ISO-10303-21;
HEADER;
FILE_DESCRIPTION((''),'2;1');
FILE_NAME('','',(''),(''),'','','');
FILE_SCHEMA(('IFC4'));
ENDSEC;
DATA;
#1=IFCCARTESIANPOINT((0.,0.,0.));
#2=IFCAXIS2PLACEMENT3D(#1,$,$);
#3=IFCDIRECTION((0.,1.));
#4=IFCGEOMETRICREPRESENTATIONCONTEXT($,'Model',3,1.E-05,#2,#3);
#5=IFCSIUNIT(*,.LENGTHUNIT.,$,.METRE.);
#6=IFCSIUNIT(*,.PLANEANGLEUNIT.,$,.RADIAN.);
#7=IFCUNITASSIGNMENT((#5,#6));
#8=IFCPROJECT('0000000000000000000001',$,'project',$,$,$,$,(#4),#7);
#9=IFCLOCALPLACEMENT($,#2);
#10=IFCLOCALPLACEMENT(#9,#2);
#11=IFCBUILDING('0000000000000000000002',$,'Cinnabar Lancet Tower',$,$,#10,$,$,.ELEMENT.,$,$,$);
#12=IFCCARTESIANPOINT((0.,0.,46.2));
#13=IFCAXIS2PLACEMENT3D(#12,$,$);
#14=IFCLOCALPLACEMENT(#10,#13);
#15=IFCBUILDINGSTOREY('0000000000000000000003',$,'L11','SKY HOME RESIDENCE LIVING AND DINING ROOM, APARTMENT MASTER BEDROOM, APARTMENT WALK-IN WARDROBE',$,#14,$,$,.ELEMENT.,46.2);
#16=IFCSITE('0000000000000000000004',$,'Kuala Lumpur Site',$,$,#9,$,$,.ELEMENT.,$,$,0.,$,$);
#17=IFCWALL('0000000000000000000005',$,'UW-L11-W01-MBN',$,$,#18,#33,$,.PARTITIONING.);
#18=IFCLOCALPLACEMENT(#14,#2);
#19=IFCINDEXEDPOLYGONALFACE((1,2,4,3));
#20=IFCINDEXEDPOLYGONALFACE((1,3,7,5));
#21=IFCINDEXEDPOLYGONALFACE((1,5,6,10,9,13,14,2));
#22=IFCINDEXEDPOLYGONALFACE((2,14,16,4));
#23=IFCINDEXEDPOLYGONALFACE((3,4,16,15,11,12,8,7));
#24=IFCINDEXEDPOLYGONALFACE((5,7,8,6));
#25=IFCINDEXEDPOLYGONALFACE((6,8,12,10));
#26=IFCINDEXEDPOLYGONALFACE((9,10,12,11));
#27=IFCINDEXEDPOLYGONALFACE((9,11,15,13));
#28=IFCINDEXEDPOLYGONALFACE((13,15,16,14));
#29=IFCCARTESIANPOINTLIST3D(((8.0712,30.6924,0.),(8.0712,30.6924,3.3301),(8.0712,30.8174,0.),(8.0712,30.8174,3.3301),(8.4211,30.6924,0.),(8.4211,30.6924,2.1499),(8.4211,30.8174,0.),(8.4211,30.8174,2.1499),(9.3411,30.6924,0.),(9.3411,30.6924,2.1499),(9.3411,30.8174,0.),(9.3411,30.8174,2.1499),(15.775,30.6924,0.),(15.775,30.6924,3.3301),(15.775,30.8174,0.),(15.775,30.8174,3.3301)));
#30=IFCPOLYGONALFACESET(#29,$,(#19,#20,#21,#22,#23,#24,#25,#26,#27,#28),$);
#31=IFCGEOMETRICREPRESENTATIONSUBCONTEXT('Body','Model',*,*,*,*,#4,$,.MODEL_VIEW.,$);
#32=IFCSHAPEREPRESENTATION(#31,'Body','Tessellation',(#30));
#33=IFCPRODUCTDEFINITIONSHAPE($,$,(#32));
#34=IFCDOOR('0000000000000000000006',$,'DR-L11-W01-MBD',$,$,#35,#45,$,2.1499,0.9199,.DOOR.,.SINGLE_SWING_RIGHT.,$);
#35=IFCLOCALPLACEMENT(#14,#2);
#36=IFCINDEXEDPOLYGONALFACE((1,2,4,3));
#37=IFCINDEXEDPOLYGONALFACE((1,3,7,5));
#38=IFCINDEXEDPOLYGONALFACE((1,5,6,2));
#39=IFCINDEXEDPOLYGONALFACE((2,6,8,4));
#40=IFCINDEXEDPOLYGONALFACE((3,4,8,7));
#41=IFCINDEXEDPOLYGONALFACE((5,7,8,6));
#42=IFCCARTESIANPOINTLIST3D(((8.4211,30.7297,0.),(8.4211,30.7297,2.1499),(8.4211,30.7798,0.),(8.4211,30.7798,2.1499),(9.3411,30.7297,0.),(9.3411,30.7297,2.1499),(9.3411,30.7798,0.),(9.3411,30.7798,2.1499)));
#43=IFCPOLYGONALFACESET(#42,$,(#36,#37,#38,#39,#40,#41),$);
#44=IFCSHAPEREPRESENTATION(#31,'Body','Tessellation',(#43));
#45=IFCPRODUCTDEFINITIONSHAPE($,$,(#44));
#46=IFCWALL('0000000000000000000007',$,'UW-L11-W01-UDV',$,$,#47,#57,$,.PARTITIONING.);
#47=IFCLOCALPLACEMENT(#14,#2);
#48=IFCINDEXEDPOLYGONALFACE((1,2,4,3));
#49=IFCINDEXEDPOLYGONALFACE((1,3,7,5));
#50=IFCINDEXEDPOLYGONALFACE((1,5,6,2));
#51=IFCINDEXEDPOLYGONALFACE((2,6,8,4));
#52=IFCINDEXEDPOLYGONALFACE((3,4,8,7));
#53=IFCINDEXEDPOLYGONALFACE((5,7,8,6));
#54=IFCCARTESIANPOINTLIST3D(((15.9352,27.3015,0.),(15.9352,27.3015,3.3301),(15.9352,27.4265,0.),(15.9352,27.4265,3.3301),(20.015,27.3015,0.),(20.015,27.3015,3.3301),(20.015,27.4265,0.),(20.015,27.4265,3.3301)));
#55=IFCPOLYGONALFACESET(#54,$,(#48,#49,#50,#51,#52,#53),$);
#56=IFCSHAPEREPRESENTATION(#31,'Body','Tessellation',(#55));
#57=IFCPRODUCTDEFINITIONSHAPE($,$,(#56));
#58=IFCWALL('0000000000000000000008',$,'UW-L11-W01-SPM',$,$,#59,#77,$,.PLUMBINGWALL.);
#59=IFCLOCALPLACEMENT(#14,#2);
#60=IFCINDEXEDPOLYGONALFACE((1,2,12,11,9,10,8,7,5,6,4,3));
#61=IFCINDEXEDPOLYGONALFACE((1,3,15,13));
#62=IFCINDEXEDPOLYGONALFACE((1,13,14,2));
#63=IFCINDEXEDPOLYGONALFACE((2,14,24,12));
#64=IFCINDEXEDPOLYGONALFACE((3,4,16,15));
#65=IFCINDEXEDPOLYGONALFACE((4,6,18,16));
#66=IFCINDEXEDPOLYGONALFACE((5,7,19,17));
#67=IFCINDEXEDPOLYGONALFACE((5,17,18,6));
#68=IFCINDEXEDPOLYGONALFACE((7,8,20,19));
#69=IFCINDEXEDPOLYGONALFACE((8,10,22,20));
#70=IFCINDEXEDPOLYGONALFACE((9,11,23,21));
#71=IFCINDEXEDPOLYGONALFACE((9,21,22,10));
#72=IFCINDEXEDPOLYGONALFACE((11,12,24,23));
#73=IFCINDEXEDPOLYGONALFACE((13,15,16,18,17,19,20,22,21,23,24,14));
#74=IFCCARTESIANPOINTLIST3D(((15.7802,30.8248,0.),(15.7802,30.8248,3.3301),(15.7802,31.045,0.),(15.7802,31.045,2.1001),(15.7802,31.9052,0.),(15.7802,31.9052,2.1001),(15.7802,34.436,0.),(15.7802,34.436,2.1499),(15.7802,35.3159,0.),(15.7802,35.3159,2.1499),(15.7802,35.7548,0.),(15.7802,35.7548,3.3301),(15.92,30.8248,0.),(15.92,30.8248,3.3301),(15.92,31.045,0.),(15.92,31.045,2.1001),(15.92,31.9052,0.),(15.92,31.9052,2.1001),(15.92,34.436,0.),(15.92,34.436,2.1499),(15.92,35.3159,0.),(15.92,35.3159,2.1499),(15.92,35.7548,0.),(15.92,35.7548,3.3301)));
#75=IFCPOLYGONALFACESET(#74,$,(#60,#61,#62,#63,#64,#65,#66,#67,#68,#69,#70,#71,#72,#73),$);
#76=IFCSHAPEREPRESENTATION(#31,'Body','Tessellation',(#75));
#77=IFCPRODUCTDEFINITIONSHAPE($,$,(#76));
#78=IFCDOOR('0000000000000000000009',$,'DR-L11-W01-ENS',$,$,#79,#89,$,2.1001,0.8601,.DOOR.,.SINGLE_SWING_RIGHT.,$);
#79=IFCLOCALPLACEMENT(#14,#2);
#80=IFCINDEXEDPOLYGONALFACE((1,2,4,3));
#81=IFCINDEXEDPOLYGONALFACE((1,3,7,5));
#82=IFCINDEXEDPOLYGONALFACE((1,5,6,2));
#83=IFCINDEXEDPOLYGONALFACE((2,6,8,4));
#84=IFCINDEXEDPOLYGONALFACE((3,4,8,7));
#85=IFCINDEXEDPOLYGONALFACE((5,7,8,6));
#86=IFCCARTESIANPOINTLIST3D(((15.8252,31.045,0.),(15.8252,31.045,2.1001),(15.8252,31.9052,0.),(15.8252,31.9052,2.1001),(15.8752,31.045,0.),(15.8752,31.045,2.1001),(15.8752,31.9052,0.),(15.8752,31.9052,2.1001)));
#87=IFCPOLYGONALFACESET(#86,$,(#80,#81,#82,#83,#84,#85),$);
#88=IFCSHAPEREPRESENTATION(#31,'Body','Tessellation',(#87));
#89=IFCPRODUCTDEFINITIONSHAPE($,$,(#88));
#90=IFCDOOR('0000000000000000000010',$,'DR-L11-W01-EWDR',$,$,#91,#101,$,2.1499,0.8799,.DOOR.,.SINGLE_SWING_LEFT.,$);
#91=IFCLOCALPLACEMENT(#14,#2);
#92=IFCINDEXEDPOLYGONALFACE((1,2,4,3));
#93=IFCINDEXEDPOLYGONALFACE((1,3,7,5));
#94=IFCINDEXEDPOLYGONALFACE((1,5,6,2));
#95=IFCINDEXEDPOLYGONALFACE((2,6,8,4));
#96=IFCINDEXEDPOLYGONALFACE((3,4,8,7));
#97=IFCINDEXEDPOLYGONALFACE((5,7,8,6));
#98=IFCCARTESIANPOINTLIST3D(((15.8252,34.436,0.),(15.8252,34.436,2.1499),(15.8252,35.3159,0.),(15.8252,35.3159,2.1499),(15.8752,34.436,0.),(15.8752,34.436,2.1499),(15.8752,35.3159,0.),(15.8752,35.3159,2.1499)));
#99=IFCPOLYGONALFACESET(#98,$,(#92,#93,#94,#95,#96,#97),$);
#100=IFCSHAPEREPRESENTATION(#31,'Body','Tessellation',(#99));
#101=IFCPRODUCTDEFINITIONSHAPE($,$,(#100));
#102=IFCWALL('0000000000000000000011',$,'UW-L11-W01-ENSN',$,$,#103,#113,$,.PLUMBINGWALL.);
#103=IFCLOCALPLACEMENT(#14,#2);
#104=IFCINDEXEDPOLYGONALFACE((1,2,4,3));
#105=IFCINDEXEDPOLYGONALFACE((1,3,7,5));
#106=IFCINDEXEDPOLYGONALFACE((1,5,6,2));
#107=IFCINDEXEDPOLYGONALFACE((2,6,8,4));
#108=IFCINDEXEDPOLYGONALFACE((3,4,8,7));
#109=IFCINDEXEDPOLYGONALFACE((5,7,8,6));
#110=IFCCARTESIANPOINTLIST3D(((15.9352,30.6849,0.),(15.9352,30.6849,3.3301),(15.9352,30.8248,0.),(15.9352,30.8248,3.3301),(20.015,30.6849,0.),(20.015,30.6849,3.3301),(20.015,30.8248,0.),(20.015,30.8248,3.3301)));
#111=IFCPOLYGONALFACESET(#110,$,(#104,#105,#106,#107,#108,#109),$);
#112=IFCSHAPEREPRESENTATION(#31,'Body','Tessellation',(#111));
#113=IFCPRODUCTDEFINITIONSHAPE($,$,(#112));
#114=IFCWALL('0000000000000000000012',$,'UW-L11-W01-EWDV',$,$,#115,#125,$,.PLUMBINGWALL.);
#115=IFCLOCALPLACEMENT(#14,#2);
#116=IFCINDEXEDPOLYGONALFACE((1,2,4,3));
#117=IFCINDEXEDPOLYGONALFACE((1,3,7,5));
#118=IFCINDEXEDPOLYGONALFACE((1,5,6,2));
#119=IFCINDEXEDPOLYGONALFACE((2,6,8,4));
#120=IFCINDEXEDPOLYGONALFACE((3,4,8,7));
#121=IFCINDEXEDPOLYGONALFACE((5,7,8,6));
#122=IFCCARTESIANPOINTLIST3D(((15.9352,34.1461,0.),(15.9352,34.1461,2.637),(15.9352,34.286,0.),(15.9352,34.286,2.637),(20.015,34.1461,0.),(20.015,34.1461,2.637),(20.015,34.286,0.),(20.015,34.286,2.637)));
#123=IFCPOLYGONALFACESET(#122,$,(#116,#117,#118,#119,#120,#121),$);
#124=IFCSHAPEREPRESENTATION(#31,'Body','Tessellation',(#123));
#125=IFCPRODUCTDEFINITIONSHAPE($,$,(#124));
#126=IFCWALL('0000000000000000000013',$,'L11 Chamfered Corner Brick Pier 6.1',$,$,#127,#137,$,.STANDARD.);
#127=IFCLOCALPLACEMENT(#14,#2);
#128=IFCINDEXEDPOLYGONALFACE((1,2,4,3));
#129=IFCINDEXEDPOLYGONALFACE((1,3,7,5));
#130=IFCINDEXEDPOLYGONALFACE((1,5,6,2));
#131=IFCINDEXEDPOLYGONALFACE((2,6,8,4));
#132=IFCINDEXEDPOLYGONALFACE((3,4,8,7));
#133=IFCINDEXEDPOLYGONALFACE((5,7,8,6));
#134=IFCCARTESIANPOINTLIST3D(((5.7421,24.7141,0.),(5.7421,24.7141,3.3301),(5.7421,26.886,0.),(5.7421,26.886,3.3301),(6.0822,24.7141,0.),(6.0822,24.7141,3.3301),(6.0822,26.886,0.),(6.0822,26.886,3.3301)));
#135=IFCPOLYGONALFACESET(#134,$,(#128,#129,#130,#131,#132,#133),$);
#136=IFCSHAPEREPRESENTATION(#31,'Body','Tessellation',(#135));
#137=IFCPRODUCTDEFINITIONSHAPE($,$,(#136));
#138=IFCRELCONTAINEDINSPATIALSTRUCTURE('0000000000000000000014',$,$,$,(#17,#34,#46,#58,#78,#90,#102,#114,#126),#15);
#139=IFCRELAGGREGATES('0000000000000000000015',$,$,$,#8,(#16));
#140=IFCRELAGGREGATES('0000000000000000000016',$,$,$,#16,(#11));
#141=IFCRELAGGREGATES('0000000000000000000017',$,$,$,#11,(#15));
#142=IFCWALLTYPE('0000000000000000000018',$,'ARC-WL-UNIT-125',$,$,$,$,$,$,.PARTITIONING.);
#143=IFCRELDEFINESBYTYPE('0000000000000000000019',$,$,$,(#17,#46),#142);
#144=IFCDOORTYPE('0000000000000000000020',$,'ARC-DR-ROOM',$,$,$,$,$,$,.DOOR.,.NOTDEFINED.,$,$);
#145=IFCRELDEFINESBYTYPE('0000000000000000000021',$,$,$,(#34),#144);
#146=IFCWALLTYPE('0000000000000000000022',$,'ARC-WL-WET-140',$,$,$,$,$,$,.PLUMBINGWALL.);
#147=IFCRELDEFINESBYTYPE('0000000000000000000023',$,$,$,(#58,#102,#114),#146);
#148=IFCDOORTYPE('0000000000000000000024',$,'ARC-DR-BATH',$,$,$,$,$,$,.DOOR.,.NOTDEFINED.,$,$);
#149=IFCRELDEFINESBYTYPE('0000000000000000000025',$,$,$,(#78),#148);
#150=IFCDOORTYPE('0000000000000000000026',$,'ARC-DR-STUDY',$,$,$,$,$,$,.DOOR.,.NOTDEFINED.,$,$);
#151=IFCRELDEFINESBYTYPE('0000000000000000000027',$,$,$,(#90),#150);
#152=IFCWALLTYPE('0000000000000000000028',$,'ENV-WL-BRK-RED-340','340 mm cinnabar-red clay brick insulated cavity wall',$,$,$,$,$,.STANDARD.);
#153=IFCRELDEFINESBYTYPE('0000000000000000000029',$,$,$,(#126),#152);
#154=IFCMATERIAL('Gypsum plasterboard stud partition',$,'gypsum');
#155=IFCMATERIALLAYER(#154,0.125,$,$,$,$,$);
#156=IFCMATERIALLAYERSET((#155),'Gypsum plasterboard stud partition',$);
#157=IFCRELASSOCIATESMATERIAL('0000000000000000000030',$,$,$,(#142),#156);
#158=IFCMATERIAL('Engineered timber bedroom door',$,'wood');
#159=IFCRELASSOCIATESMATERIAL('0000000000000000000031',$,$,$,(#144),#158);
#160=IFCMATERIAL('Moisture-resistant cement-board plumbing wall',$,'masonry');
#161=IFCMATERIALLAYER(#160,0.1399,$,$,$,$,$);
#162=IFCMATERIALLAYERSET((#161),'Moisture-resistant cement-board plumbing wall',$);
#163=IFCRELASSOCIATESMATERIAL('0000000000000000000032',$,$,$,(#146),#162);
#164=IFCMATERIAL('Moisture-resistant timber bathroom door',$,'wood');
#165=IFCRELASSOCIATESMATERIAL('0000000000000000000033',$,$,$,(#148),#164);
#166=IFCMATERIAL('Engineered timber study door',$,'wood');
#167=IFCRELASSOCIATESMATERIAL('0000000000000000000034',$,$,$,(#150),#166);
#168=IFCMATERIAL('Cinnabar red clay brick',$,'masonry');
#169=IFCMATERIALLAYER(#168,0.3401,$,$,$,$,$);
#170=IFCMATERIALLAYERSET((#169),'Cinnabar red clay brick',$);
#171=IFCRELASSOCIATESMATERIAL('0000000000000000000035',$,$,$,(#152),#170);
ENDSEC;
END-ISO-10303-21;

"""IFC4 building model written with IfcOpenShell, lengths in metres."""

from ifc_helpers import new_model, si_unit, direction, frame, frame_2d, origin, place, context, subcontext, project, spatial, rectangle, extrude, material, layer, layer_set, type_object, element, fill, save


model = new_model("IFC4")

# Units and contexts
model_context = context("Model", 3, precision=1e-05, world=origin(), true_north=direction((0.0, 1.0)))
body_context = subcontext(model_context, "Body", "Model", "MODEL_VIEW")
ifc_project = project(units=[si_unit("LENGTHUNIT", "METRE"), si_unit("PLANEANGLEUNIT", "RADIAN")], contexts=[model_context])

# Site, building, storey
site_placement = place(None, origin())
site = spatial("IfcSite", under=ifc_project, at=site_placement, Name="Kuala Lumpur Site", CompositionType="ELEMENT", RefElevation=0.0)
building_placement = place(site_placement, origin())
building = spatial("IfcBuilding", under=site, at=building_placement, Name="Cinnabar Lancet Tower", CompositionType="ELEMENT")
storey_placement = place(building_placement, frame((0.0, 0.0, 46.2)))
storey = spatial("IfcBuildingStorey", under=building, at=storey_placement, Name="L11", Description="SKY HOME RESIDENCE LIVING AND DINING ROOM, APARTMENT MASTER BEDROOM, APARTMENT WALK-IN WARDROBE", CompositionType="ELEMENT", Elevation=46.2)

# Wall, opening, door
ifc_material_1 = material(Name="Gypsum plasterboard stud partition", Category="gypsum")
ifc_layer_1 = layer(ifc_material_1, 0.125)
ifc_layer_set_1 = layer_set([ifc_layer_1], Name="Gypsum plasterboard stud partition")
wall_type_1 = type_object("IfcWallType", Name="ARC-WL-UNIT-125", PredefinedType="PARTITIONING", material=ifc_layer_set_1)
wall_1_placement = place(storey_placement, frame((8.071, 30.7549, 0.0), z_axis=(0.0, 0.0, 1.0), x_axis=(1.0, 0.0, 0.0)))
wall_1 = element("IfcWall", 1, at=wall_1_placement, inside=storey, type_object=wall_type_1, Name="UW-L11-W01-MBN", PredefinedType="PARTITIONING", context=body_context, shape_type="SweptSolid", body=[
    extrude(rectangle(XDim=7.7039, YDim=0.125, at=frame_2d((3.8521, 0.0))), origin(), (0.0, 0.0, 1.0), 3.3301),
])
opening_1_placement = place(wall_1_placement, frame((0.3501, 0.0, 0.0)))
opening_1 = element("IfcOpeningElement", 2, at=opening_1_placement, cuts=wall_1, PredefinedType="OPENING", context=body_context, shape_type="SweptSolid", body=[
    extrude(rectangle(XDim=0.9199, YDim=2.1499, at=frame_2d((0.46, 1.075))), frame((0.0, 0.0725, 0.0), z_axis=(0.0, -1.0, 0.0), x_axis=(1.0, 0.0, 0.0)), (0.0, 0.0, 1.0), 0.145),
])
ifc_material_2 = material(Name="Engineered timber bedroom door", Category="wood")
door_type_1 = type_object("IfcDoorType", Name="ARC-DR-ROOM", OperationType="NOTDEFINED", PredefinedType="DOOR", material=ifc_material_2)
door_1_placement = place(opening_1_placement, origin())
door_1 = element("IfcDoor", 3, at=door_1_placement, inside=storey, type_object=door_type_1, Name="DR-L11-W01-MBD", OperationType="SINGLE_SWING_RIGHT", OverallHeight=2.1499, OverallWidth=0.9199, PredefinedType="DOOR", context=body_context, shape_type="SweptSolid", body=[
    extrude(rectangle(XDim=0.9199, YDim=2.1499, at=frame_2d((0.46, 1.075))), frame((0.0, 0.0249, 0.0), z_axis=(0.0, -1.0, 0.0), x_axis=(1.0, 0.0, 0.0)), (0.0, 0.0, 1.0), 0.05),
])
fill(opening_1, door_1)

# Wall
wall_2_placement = place(storey_placement, frame((15.9351, 27.364, 0.0), z_axis=(0.0, 0.0, 1.0), x_axis=(1.0, 0.0, 0.0)))
element("IfcWall", 4, at=wall_2_placement, inside=storey, type_object=wall_type_1, Name="UW-L11-W01-UDV", PredefinedType="PARTITIONING", context=body_context, shape_type="SweptSolid", body=[
    extrude(rectangle(XDim=4.0798, YDim=0.125, at=frame_2d((2.04, 0.0))), origin(), (0.0, 0.0, 1.0), 3.3301),
])

# Wall, openings, doors
ifc_material_3 = material(Name="Moisture-resistant cement-board plumbing wall", Category="masonry")
ifc_layer_2 = layer(ifc_material_3, 0.1399)
ifc_layer_set_2 = layer_set([ifc_layer_2], Name="Moisture-resistant cement-board plumbing wall")
wall_type_2 = type_object("IfcWallType", Name="ARC-WL-WET-140", PredefinedType="PLUMBINGWALL", material=ifc_layer_set_2)
wall_3_placement = place(storey_placement, frame((15.8501, 30.825, 0.0), z_axis=(0.0, 0.0, 1.0), x_axis=(0.0, 1.0, 0.0)))
wall_3 = element("IfcWall", 5, at=wall_3_placement, inside=storey, type_object=wall_type_2, Name="UW-L11-W01-SPM", PredefinedType="PLUMBINGWALL", context=body_context, shape_type="SweptSolid", body=[
    extrude(rectangle(XDim=4.9299, YDim=0.1399, at=frame_2d((2.4648, 0.0))), origin(), (0.0, 0.0, 1.0), 3.3301),
])
opening_2_placement = place(wall_3_placement, frame((0.22, 0.0, 0.0)))
opening_2 = element("IfcOpeningElement", 6, at=opening_2_placement, cuts=wall_3, PredefinedType="OPENING", context=body_context, shape_type="SweptSolid", body=[
    extrude(rectangle(XDim=0.8601, YDim=2.1001, at=frame_2d((0.4302, 1.05))), frame((0.0, 0.0798, 0.0), z_axis=(0.0, -1.0, 0.0), x_axis=(1.0, 0.0, 0.0)), (0.0, 0.0, 1.0), 0.1599),
])
opening_3_placement = place(wall_3_placement, frame((3.6111, 0.0, 0.0)))
opening_3 = element("IfcOpeningElement", 7, at=opening_3_placement, cuts=wall_3, PredefinedType="OPENING", context=body_context, shape_type="SweptSolid", body=[
    extrude(rectangle(XDim=0.8799, YDim=2.1499, at=frame_2d((0.4399, 1.075))), frame((0.0, 0.0798, 0.0), z_axis=(0.0, -1.0, 0.0), x_axis=(1.0, 0.0, 0.0)), (0.0, 0.0, 1.0), 0.1599),
])
ifc_material_4 = material(Name="Moisture-resistant timber bathroom door", Category="wood")
door_type_2 = type_object("IfcDoorType", Name="ARC-DR-BATH", OperationType="NOTDEFINED", PredefinedType="DOOR", material=ifc_material_4)
door_2_placement = place(opening_2_placement, origin())
door_2 = element("IfcDoor", 8, at=door_2_placement, inside=storey, type_object=door_type_2, Name="DR-L11-W01-ENS", OperationType="SINGLE_SWING_RIGHT", OverallHeight=2.1001, OverallWidth=0.8601, PredefinedType="DOOR", context=body_context, shape_type="SweptSolid", body=[
    extrude(rectangle(XDim=0.8601, YDim=2.1001, at=frame_2d((0.4302, 1.05))), frame((0.0, 0.0249, 0.0), z_axis=(0.0, -1.0, 0.0), x_axis=(1.0, 0.0, 0.0)), (0.0, 0.0, 1.0), 0.05),
])
fill(opening_2, door_2)
ifc_material_5 = material(Name="Engineered timber study door", Category="wood")
door_type_3 = type_object("IfcDoorType", Name="ARC-DR-STUDY", OperationType="NOTDEFINED", PredefinedType="DOOR", material=ifc_material_5)
door_3_placement = place(opening_3_placement, origin())
door_3 = element("IfcDoor", 9, at=door_3_placement, inside=storey, type_object=door_type_3, Name="DR-L11-W01-EWDR", OperationType="SINGLE_SWING_LEFT", OverallHeight=2.1499, OverallWidth=0.8799, PredefinedType="DOOR", context=body_context, shape_type="SweptSolid", body=[
    extrude(rectangle(XDim=0.8799, YDim=2.1499, at=frame_2d((0.4399, 1.075))), frame((0.0, 0.0249, 0.0), z_axis=(0.0, -1.0, 0.0), x_axis=(1.0, 0.0, 0.0)), (0.0, 0.0, 1.0), 0.05),
])
fill(opening_3, door_3)

# Walls
wall_4_placement = place(storey_placement, frame((15.9351, 30.7549, 0.0), z_axis=(0.0, 0.0, 1.0), x_axis=(1.0, 0.0, 0.0)))
element("IfcWall", 10, at=wall_4_placement, inside=storey, type_object=wall_type_2, Name="UW-L11-W01-ENSN", PredefinedType="PLUMBINGWALL", context=body_context, shape_type="SweptSolid", body=[
    extrude(rectangle(XDim=4.0798, YDim=0.1399, at=frame_2d((2.04, 0.0))), origin(), (0.0, 0.0, 1.0), 3.3301),
])
wall_5_placement = place(storey_placement, frame((15.9351, 34.2161, 0.0), z_axis=(0.0, 0.0, 1.0), x_axis=(1.0, 0.0, 0.0)))
element("IfcWall", 11, at=wall_5_placement, inside=storey, type_object=wall_type_2, Name="UW-L11-W01-EWDV", PredefinedType="PLUMBINGWALL", context=body_context, shape_type="SweptSolid", body=[
    extrude(rectangle(XDim=4.0798, YDim=0.1399, at=frame_2d((2.04, 0.0))), origin(), (0.0, 0.0, 1.0), 2.637),
])
ifc_material_6 = material(Name="Cinnabar red clay brick", Category="masonry")
ifc_layer_3 = layer(ifc_material_6, 0.3401)
ifc_layer_set_3 = layer_set([ifc_layer_3], Name="Cinnabar red clay brick")
wall_type_3 = type_object("IfcWallType", Name="ENV-WL-BRK-RED-340", Description="340 mm cinnabar-red clay brick insulated cavity wall", PredefinedType="STANDARD", material=ifc_layer_set_3)
wall_6_placement = place(storey_placement, frame((5.9121, 26.886, 0.0), z_axis=(0.0, 0.0, 1.0), x_axis=(0.0, -1.0, 0.0)))
element("IfcWall", 12, at=wall_6_placement, inside=storey, type_object=wall_type_3, Name="L11 Chamfered Corner Brick Pier 6.1", PredefinedType="STANDARD", context=body_context, shape_type="SweptSolid", body=[
    extrude(rectangle(XDim=2.1719, YDim=0.3401, at=frame_2d((1.0859, 0.0))), origin(), (0.0, 0.0, 1.0), 3.3301),
])

save(model, "model.ifc")
